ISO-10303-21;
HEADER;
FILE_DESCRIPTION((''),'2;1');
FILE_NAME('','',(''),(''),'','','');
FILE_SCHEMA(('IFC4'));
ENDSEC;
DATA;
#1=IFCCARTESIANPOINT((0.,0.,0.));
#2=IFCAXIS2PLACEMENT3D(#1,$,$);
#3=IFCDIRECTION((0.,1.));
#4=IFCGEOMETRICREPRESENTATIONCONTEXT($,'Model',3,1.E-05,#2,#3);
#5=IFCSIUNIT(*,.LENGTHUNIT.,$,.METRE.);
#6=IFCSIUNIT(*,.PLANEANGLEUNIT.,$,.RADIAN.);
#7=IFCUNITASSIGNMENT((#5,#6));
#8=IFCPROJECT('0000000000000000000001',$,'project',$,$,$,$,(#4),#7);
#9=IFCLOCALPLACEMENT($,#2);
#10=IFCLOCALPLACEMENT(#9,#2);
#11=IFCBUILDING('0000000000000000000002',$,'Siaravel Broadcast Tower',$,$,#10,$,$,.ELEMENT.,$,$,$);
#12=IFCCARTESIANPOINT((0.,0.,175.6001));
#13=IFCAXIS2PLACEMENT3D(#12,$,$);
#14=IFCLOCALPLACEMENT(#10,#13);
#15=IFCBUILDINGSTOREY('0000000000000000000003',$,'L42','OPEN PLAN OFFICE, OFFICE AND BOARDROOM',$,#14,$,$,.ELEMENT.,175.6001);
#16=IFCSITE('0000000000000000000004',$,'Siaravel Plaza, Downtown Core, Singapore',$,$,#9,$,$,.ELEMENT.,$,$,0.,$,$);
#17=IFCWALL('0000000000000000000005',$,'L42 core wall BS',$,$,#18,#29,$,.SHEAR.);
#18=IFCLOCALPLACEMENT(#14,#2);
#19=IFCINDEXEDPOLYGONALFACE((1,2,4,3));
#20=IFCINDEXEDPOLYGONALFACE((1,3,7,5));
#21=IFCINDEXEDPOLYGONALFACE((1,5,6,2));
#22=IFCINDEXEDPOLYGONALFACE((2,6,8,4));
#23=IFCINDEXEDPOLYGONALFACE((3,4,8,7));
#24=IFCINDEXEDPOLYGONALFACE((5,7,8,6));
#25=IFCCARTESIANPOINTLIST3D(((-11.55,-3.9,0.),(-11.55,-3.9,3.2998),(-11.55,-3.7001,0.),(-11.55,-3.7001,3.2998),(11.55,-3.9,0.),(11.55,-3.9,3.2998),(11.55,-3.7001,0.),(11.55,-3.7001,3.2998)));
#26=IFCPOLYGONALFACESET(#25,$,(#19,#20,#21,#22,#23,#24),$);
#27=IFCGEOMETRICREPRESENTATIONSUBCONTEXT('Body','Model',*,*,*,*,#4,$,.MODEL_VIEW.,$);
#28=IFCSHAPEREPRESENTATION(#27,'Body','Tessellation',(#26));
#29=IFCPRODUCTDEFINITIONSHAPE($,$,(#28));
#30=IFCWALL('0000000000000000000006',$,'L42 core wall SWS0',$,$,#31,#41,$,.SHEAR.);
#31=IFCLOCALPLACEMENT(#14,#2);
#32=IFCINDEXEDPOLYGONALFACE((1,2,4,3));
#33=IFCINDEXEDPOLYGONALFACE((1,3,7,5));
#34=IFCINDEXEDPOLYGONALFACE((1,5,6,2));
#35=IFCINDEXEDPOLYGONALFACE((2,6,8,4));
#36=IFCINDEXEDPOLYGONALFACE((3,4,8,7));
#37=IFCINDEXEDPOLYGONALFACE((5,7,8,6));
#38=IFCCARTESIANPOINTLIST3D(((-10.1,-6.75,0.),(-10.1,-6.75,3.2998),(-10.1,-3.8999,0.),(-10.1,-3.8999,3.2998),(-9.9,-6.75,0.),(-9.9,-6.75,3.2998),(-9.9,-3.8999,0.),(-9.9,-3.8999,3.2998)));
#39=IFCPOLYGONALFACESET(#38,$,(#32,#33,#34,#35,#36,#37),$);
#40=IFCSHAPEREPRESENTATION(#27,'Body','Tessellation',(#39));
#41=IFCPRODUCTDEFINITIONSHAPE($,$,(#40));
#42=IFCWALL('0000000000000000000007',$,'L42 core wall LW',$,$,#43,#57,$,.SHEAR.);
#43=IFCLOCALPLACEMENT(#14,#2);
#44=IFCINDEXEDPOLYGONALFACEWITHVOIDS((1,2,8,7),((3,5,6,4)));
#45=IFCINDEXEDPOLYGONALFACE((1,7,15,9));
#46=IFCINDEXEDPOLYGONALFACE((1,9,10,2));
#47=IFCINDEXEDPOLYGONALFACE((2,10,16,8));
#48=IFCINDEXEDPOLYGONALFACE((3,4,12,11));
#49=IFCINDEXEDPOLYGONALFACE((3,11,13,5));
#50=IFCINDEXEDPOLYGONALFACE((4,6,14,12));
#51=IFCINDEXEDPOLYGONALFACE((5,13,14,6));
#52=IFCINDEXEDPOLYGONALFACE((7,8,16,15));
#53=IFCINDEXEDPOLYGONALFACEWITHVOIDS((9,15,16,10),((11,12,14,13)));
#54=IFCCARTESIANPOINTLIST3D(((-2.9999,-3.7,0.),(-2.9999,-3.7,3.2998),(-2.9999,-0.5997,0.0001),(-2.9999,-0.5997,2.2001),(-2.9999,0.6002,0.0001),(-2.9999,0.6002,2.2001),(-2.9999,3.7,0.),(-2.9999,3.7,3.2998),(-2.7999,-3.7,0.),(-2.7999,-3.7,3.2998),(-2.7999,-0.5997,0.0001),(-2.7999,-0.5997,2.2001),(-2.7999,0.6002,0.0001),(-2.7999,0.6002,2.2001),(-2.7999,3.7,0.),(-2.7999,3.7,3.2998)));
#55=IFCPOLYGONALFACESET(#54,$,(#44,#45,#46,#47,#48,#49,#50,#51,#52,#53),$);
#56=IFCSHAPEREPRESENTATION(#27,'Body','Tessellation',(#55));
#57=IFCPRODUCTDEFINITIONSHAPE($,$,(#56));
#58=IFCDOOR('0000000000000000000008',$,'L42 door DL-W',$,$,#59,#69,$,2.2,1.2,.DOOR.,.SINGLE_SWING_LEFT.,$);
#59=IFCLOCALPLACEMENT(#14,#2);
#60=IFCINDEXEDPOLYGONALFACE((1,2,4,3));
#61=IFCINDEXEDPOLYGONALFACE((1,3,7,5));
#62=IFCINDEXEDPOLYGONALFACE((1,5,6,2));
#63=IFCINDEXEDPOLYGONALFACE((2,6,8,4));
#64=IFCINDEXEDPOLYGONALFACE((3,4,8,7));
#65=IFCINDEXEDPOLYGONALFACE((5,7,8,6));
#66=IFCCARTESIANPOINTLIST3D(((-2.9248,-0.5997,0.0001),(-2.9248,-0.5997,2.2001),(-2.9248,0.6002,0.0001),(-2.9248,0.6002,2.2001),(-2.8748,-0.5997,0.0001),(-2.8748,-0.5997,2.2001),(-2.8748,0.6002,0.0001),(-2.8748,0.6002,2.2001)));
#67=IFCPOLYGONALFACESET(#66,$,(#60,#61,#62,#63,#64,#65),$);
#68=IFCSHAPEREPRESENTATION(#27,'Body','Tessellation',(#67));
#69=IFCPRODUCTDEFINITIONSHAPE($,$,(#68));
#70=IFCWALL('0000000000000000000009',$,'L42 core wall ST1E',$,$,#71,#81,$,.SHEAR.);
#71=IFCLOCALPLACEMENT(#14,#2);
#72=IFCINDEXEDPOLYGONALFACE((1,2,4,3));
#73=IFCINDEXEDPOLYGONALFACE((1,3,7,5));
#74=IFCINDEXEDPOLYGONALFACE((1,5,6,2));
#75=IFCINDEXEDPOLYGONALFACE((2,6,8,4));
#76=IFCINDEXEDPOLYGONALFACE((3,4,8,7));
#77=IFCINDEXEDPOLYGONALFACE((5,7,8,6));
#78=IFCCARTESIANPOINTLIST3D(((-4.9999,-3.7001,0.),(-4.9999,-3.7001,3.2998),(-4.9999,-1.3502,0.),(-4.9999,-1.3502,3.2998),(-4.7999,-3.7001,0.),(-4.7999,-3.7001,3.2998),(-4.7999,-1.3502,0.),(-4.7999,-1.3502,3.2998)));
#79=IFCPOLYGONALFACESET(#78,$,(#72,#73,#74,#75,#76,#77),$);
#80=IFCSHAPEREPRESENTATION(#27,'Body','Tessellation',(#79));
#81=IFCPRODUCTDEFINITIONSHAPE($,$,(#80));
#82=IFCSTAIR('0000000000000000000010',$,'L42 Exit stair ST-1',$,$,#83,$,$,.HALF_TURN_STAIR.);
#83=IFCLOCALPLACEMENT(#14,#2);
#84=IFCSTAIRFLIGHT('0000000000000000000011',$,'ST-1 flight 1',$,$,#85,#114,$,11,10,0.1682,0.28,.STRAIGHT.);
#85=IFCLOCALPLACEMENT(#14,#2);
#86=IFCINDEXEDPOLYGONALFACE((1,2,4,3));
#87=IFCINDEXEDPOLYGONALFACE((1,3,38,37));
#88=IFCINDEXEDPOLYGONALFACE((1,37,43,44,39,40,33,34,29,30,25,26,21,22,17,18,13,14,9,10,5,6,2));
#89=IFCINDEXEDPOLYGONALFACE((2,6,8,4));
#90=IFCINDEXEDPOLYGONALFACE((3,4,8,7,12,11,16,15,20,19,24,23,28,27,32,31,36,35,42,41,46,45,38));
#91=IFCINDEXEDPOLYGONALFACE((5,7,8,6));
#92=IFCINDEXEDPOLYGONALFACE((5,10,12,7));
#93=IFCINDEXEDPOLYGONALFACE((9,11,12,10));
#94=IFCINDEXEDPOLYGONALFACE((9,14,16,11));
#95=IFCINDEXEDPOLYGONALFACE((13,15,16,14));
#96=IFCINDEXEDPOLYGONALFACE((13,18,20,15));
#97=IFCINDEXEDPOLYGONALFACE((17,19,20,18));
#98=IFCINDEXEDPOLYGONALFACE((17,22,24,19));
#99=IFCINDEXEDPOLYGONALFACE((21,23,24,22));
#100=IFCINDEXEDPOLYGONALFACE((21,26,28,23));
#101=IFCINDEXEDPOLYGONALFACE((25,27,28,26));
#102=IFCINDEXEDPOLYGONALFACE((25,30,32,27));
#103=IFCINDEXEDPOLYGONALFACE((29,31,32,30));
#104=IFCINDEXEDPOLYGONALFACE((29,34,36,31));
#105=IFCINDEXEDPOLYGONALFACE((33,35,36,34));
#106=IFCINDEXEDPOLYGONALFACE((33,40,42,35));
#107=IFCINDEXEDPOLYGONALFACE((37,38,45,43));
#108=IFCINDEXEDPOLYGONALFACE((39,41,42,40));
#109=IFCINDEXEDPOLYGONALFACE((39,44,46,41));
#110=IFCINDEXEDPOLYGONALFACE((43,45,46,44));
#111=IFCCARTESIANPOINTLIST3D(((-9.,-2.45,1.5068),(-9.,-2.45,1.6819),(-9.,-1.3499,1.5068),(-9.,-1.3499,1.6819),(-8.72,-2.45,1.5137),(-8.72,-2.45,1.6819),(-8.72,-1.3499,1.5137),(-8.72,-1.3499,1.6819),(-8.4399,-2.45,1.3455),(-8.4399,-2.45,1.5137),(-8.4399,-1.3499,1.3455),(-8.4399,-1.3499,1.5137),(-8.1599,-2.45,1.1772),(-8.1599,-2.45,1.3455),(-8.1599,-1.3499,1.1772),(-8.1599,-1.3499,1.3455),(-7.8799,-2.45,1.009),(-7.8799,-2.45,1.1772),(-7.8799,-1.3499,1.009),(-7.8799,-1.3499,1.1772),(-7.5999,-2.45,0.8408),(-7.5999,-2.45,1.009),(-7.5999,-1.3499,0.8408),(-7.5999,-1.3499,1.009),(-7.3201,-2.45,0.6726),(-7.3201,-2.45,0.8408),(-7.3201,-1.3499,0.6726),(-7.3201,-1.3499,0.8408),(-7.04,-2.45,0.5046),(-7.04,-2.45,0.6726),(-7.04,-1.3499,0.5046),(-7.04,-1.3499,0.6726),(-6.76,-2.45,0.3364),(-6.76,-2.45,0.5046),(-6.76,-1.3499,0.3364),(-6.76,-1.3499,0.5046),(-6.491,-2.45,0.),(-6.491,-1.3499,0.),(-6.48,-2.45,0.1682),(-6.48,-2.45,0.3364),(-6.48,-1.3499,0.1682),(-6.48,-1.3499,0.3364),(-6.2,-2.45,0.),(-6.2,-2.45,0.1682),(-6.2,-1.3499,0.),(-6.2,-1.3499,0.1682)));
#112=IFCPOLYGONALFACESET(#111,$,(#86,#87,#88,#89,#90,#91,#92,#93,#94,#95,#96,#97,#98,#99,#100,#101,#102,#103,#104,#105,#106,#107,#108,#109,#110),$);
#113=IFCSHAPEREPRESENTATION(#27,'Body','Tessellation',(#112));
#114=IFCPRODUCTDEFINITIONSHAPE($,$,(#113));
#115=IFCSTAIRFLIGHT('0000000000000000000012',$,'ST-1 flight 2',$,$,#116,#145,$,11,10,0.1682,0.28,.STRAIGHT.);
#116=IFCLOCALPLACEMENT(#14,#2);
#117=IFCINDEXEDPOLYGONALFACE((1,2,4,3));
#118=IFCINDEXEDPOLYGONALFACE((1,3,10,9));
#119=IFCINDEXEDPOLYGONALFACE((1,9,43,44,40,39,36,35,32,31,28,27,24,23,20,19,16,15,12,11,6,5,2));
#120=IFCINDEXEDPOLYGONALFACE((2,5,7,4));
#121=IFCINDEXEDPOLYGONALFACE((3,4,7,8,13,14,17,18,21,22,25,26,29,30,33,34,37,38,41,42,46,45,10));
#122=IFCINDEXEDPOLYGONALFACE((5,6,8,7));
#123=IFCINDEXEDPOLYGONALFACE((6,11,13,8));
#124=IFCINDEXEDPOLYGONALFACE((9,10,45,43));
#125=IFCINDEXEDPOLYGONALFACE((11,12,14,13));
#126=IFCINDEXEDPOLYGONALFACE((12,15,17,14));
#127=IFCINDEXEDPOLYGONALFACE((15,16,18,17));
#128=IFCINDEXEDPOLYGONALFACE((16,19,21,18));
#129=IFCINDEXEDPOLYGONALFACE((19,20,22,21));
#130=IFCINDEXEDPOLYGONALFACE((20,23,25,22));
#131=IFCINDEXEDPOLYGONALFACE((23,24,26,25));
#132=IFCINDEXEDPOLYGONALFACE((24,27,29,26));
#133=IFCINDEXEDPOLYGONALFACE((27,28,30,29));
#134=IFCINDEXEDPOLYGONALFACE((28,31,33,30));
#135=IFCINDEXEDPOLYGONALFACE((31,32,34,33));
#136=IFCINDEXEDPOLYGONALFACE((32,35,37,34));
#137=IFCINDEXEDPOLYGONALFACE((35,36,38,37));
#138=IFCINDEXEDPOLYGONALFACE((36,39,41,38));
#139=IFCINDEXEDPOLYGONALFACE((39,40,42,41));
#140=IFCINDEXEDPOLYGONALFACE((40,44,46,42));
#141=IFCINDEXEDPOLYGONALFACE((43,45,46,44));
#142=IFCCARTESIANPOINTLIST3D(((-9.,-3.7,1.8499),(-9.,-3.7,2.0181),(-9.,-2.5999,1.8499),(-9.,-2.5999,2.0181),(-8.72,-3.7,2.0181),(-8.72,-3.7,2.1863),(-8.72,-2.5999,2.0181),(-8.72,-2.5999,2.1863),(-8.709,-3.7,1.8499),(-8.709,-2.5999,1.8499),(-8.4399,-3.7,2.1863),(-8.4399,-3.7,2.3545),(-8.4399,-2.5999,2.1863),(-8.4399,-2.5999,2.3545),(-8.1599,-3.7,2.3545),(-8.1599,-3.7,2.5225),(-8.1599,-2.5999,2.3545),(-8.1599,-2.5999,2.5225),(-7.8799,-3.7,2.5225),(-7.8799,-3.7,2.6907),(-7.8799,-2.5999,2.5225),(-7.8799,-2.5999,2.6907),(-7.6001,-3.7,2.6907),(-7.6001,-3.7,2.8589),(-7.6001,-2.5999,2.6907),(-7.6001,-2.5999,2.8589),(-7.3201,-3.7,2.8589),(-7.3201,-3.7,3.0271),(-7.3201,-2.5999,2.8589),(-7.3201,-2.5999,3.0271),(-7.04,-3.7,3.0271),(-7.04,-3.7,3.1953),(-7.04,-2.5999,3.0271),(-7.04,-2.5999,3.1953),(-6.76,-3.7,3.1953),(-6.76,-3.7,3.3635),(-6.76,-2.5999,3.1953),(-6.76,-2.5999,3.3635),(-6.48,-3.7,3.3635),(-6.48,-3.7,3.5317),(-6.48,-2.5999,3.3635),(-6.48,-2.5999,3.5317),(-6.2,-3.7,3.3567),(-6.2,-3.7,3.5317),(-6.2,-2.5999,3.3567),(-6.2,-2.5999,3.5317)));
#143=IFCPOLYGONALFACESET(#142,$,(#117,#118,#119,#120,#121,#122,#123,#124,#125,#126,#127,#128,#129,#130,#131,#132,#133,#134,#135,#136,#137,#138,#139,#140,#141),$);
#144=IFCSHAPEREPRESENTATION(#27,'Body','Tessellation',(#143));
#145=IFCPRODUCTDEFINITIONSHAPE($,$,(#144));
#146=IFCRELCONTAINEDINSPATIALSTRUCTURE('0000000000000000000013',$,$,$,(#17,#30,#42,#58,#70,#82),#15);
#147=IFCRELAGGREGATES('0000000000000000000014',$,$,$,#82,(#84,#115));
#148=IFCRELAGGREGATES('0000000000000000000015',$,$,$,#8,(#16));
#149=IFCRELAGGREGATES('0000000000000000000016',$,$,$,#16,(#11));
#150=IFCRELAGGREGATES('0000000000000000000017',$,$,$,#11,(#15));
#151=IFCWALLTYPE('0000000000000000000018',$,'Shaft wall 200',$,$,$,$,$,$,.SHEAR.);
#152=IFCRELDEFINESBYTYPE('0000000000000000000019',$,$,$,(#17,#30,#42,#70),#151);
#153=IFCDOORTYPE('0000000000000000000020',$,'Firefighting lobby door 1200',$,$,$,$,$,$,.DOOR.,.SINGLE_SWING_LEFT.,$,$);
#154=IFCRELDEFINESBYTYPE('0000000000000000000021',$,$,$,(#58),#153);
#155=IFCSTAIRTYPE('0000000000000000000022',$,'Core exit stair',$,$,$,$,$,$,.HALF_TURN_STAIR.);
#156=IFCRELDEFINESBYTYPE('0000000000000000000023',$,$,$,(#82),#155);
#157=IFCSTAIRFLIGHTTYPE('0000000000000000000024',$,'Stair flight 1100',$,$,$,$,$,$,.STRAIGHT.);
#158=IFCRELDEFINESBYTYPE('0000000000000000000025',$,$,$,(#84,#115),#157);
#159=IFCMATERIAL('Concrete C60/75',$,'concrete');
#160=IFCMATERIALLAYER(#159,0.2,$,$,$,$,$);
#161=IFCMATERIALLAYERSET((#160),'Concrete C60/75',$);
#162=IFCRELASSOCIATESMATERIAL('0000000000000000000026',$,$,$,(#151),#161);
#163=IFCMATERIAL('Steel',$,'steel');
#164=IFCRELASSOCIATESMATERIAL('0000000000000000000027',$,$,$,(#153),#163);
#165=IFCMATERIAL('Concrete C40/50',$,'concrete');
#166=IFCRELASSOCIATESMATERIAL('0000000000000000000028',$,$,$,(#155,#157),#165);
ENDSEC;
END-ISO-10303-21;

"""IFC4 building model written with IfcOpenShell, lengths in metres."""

from ifc_helpers import new_model, si_unit, direction, frame, frame_2d, origin, place, context, subcontext, project, spatial, polyline, rectangle, outline, extrude, material, layer, layer_set, type_object, element, fill, aggregate, save


model = new_model("IFC4")

# Units and contexts
model_context = context("Model", 3, precision=1e-05, world=origin(), true_north=direction((0.0, 1.0)))
body_context = subcontext(model_context, "Body", "Model", "MODEL_VIEW")
ifc_project = project(units=[si_unit("LENGTHUNIT", "METRE"), si_unit("PLANEANGLEUNIT", "RADIAN")], contexts=[model_context])

# Site, building, storey
site_placement = place(None, origin())
site = spatial("IfcSite", under=ifc_project, at=site_placement, Name="Siaravel Plaza, Downtown Core, Singapore", CompositionType="ELEMENT", RefElevation=0.0)
building_placement = place(site_placement, origin())
building = spatial("IfcBuilding", under=site, at=building_placement, Name="Siaravel Broadcast Tower", CompositionType="ELEMENT")
storey_placement = place(building_placement, frame((0.0, 0.0, 175.6001)))
storey = spatial("IfcBuildingStorey", under=building, at=storey_placement, Name="L42", Description="OPEN PLAN OFFICE, OFFICE AND BOARDROOM", CompositionType="ELEMENT", Elevation=175.6001)

# Shared definitions
ifc_material_1 = material(Name="Concrete C60/75", Category="concrete")
ifc_material_2 = material(Name="Steel", Category="steel")

# Walls
ifc_layer_1 = layer(ifc_material_1, 0.2)
ifc_layer_set_1 = layer_set([ifc_layer_1], Name="Concrete C60/75")
wall_type_1 = type_object("IfcWallType", Name="Shaft wall 200", PredefinedType="SHEAR", material=ifc_layer_set_1)
wall_1_placement = place(storey_placement, frame((-11.55, -3.8, 0.0), z_axis=(0.0, 0.0, 1.0), x_axis=(1.0, 0.0, 0.0)))
element("IfcWall", 1, at=wall_1_placement, inside=storey, type_object=wall_type_1, Name="L42 core wall BS", PredefinedType="SHEAR", context=body_context, shape_type="SweptSolid", body=[
    extrude(rectangle(XDim=23.1001, YDim=0.2, at=frame_2d((11.55, 0.0))), origin(), (0.0, 0.0, 1.0), 3.2998),
])
wall_2_placement = place(storey_placement, frame((-10.0, -6.75, 0.0), z_axis=(0.0, 0.0, 1.0), x_axis=(0.0, 1.0, 0.0)))
element("IfcWall", 2, at=wall_2_placement, inside=storey, type_object=wall_type_1, Name="L42 core wall SWS0", PredefinedType="SHEAR", context=body_context, shape_type="SweptSolid", body=[
    extrude(rectangle(XDim=2.8501, YDim=0.2, at=frame_2d((1.425, 0.0))), origin(), (0.0, 0.0, 1.0), 3.2998),
])

# Wall, opening, door
wall_3_placement = place(storey_placement, frame((-2.8999, -3.7, 0.0), z_axis=(0.0, 0.0, 1.0), x_axis=(0.0, 1.0, 0.0)))
wall_3 = element("IfcWall", 3, at=wall_3_placement, inside=storey, type_object=wall_type_1, Name="L42 core wall LW", PredefinedType="SHEAR", context=body_context, shape_type="SweptSolid", body=[
    extrude(rectangle(XDim=7.3999, YDim=0.2, at=frame_2d((3.7, 0.0))), origin(), (0.0, 0.0, 1.0), 3.2998),
])
opening_1_placement = place(wall_3_placement, frame((3.1001, 0.0, 0.0)))
opening_1 = element("IfcOpeningElement", 4, at=opening_1_placement, cuts=wall_3, PredefinedType="OPENING", context=body_context, shape_type="SweptSolid", body=[
    extrude(rectangle(XDim=1.2, YDim=2.2, at=frame_2d((0.6001, 1.1001))), frame((0.0, 0.1099, 0.0), z_axis=(0.0, -1.0, 0.0), x_axis=(1.0, 0.0, 0.0)), (0.0, 0.0, 1.0), 0.22),
])
door_type_1 = type_object("IfcDoorType", Name="Firefighting lobby door 1200", OperationType="SINGLE_SWING_LEFT", PredefinedType="DOOR", material=ifc_material_2)
door_1_placement = place(opening_1_placement, origin())
door_1 = element("IfcDoor", 5, at=door_1_placement, inside=storey, type_object=door_type_1, Name="L42 door DL-W", OperationType="SINGLE_SWING_LEFT", OverallHeight=2.2, OverallWidth=1.2, PredefinedType="DOOR", context=body_context, shape_type="SweptSolid", body=[
    extrude(rectangle(XDim=1.2, YDim=2.2, at=frame_2d((0.6001, 1.1001))), frame((0.0, 0.0249, 0.0), z_axis=(0.0, -1.0, 0.0), x_axis=(1.0, 0.0, 0.0)), (0.0, 0.0, 1.0), 0.05),
])
fill(opening_1, door_1)

# Wall
wall_4_placement = place(storey_placement, frame((-4.8999, -3.7, 0.0), z_axis=(0.0, 0.0, 1.0), x_axis=(0.0, 1.0, 0.0)))
element("IfcWall", 6, at=wall_4_placement, inside=storey, type_object=wall_type_1, Name="L42 core wall ST1E", PredefinedType="SHEAR", context=body_context, shape_type="SweptSolid", body=[
    extrude(rectangle(XDim=2.3499, YDim=0.2, at=frame_2d((1.1748, 0.0))), origin(), (0.0, 0.0, 1.0), 3.2998),
])

# Stair, stair flights
ifc_material_3 = material(Name="Concrete C40/50", Category="concrete")
stair_type = type_object("IfcStairType", Name="Core exit stair", PredefinedType="HALF_TURN_STAIR", material=ifc_material_3)
stair_placement = place(storey_placement, origin())
stair = element("IfcStair", 7, at=stair_placement, inside=storey, type_object=stair_type, Name="L42 Exit stair ST-1", PredefinedType="HALF_TURN_STAIR")
stair_flight_type = type_object("IfcStairFlightType", Name="Stair flight 1100", PredefinedType="STRAIGHT", material=ifc_material_3)
stair_flight_1_placement = place(storey_placement, frame((-6.2, -1.8999, 0.0), z_axis=(0.0, 0.0, 1.0), x_axis=(-1.0, 0.0, 0.0)))
stair_flight_1 = element("IfcStairFlight", 8, at=stair_flight_1_placement, type_object=stair_flight_type, Name="ST-1 flight 1", NumberOfRisers=11, NumberOfTreads=10, PredefinedType="STRAIGHT", RiserHeight=0.1682, TreadLength=0.28, context=body_context, shape_type="SweptSolid", body=[
    extrude(outline(polyline([(0.0, 0.0), (0.0, 0.1682), (0.28, 0.1682), (0.28, 0.3364), (0.5601, 0.3364), (0.5601, 0.5046), (0.8401, 0.5046), (0.8401, 0.6726), (1.1201, 0.6726), (1.1201, 0.8408), (1.3999, 0.8408), (1.3999, 1.009), (1.6799, 1.009), (1.6799, 1.1772), (1.96, 1.1772), (1.96, 1.3455), (2.24, 1.3455), (2.24, 1.5137), (2.52, 1.5137), (2.52, 1.6819), (2.8, 1.6819), (2.8, 1.8501), (2.8, 1.5068), (0.291, 0.0), (0.0, 0.0)])), frame((0.0, 0.55, 0.0), z_axis=(0.0, -1.0, 0.0), x_axis=(1.0, 0.0, 0.0)), (0.0, 0.0, 1.0), 1.1001),
])
stair_flight_2_placement = place(storey_placement, frame((-9.0, -3.1499, 1.8499), z_axis=(0.0, 0.0, 1.0), x_axis=(1.0, 0.0, 0.0)))
stair_flight_2 = element("IfcStairFlight", 9, at=stair_flight_2_placement, type_object=stair_flight_type, Name="ST-1 flight 2", NumberOfRisers=11, NumberOfTreads=10, PredefinedType="STRAIGHT", RiserHeight=0.1682, TreadLength=0.28, context=body_context, shape_type="SweptSolid", body=[
    extrude(outline(polyline([(0.0, 0.0), (0.0, 0.1682), (0.28, 0.1682), (0.28, 0.3364), (0.5601, 0.3364), (0.5601, 0.5046), (0.8401, 0.5046), (0.8401, 0.6726), (1.1201, 0.6726), (1.1201, 0.8408), (1.3999, 0.8408), (1.3999, 1.009), (1.6799, 1.009), (1.6799, 1.1772), (1.96, 1.1772), (1.96, 1.3455), (2.24, 1.3455), (2.24, 1.5137), (2.52, 1.5137), (2.52, 1.6819), (2.8, 1.6819), (2.8, 1.8501), (2.8, 1.5068), (0.291, 0.0), (0.0, 0.0)])), frame((0.0, 0.55, 0.0), z_axis=(0.0, -1.0, 0.0), x_axis=(1.0, 0.0, 0.0)), (0.0, 0.0, 1.0), 1.1001),
])
aggregate(stair, [stair_flight_1, stair_flight_2])

save(model, "model.ifc")
